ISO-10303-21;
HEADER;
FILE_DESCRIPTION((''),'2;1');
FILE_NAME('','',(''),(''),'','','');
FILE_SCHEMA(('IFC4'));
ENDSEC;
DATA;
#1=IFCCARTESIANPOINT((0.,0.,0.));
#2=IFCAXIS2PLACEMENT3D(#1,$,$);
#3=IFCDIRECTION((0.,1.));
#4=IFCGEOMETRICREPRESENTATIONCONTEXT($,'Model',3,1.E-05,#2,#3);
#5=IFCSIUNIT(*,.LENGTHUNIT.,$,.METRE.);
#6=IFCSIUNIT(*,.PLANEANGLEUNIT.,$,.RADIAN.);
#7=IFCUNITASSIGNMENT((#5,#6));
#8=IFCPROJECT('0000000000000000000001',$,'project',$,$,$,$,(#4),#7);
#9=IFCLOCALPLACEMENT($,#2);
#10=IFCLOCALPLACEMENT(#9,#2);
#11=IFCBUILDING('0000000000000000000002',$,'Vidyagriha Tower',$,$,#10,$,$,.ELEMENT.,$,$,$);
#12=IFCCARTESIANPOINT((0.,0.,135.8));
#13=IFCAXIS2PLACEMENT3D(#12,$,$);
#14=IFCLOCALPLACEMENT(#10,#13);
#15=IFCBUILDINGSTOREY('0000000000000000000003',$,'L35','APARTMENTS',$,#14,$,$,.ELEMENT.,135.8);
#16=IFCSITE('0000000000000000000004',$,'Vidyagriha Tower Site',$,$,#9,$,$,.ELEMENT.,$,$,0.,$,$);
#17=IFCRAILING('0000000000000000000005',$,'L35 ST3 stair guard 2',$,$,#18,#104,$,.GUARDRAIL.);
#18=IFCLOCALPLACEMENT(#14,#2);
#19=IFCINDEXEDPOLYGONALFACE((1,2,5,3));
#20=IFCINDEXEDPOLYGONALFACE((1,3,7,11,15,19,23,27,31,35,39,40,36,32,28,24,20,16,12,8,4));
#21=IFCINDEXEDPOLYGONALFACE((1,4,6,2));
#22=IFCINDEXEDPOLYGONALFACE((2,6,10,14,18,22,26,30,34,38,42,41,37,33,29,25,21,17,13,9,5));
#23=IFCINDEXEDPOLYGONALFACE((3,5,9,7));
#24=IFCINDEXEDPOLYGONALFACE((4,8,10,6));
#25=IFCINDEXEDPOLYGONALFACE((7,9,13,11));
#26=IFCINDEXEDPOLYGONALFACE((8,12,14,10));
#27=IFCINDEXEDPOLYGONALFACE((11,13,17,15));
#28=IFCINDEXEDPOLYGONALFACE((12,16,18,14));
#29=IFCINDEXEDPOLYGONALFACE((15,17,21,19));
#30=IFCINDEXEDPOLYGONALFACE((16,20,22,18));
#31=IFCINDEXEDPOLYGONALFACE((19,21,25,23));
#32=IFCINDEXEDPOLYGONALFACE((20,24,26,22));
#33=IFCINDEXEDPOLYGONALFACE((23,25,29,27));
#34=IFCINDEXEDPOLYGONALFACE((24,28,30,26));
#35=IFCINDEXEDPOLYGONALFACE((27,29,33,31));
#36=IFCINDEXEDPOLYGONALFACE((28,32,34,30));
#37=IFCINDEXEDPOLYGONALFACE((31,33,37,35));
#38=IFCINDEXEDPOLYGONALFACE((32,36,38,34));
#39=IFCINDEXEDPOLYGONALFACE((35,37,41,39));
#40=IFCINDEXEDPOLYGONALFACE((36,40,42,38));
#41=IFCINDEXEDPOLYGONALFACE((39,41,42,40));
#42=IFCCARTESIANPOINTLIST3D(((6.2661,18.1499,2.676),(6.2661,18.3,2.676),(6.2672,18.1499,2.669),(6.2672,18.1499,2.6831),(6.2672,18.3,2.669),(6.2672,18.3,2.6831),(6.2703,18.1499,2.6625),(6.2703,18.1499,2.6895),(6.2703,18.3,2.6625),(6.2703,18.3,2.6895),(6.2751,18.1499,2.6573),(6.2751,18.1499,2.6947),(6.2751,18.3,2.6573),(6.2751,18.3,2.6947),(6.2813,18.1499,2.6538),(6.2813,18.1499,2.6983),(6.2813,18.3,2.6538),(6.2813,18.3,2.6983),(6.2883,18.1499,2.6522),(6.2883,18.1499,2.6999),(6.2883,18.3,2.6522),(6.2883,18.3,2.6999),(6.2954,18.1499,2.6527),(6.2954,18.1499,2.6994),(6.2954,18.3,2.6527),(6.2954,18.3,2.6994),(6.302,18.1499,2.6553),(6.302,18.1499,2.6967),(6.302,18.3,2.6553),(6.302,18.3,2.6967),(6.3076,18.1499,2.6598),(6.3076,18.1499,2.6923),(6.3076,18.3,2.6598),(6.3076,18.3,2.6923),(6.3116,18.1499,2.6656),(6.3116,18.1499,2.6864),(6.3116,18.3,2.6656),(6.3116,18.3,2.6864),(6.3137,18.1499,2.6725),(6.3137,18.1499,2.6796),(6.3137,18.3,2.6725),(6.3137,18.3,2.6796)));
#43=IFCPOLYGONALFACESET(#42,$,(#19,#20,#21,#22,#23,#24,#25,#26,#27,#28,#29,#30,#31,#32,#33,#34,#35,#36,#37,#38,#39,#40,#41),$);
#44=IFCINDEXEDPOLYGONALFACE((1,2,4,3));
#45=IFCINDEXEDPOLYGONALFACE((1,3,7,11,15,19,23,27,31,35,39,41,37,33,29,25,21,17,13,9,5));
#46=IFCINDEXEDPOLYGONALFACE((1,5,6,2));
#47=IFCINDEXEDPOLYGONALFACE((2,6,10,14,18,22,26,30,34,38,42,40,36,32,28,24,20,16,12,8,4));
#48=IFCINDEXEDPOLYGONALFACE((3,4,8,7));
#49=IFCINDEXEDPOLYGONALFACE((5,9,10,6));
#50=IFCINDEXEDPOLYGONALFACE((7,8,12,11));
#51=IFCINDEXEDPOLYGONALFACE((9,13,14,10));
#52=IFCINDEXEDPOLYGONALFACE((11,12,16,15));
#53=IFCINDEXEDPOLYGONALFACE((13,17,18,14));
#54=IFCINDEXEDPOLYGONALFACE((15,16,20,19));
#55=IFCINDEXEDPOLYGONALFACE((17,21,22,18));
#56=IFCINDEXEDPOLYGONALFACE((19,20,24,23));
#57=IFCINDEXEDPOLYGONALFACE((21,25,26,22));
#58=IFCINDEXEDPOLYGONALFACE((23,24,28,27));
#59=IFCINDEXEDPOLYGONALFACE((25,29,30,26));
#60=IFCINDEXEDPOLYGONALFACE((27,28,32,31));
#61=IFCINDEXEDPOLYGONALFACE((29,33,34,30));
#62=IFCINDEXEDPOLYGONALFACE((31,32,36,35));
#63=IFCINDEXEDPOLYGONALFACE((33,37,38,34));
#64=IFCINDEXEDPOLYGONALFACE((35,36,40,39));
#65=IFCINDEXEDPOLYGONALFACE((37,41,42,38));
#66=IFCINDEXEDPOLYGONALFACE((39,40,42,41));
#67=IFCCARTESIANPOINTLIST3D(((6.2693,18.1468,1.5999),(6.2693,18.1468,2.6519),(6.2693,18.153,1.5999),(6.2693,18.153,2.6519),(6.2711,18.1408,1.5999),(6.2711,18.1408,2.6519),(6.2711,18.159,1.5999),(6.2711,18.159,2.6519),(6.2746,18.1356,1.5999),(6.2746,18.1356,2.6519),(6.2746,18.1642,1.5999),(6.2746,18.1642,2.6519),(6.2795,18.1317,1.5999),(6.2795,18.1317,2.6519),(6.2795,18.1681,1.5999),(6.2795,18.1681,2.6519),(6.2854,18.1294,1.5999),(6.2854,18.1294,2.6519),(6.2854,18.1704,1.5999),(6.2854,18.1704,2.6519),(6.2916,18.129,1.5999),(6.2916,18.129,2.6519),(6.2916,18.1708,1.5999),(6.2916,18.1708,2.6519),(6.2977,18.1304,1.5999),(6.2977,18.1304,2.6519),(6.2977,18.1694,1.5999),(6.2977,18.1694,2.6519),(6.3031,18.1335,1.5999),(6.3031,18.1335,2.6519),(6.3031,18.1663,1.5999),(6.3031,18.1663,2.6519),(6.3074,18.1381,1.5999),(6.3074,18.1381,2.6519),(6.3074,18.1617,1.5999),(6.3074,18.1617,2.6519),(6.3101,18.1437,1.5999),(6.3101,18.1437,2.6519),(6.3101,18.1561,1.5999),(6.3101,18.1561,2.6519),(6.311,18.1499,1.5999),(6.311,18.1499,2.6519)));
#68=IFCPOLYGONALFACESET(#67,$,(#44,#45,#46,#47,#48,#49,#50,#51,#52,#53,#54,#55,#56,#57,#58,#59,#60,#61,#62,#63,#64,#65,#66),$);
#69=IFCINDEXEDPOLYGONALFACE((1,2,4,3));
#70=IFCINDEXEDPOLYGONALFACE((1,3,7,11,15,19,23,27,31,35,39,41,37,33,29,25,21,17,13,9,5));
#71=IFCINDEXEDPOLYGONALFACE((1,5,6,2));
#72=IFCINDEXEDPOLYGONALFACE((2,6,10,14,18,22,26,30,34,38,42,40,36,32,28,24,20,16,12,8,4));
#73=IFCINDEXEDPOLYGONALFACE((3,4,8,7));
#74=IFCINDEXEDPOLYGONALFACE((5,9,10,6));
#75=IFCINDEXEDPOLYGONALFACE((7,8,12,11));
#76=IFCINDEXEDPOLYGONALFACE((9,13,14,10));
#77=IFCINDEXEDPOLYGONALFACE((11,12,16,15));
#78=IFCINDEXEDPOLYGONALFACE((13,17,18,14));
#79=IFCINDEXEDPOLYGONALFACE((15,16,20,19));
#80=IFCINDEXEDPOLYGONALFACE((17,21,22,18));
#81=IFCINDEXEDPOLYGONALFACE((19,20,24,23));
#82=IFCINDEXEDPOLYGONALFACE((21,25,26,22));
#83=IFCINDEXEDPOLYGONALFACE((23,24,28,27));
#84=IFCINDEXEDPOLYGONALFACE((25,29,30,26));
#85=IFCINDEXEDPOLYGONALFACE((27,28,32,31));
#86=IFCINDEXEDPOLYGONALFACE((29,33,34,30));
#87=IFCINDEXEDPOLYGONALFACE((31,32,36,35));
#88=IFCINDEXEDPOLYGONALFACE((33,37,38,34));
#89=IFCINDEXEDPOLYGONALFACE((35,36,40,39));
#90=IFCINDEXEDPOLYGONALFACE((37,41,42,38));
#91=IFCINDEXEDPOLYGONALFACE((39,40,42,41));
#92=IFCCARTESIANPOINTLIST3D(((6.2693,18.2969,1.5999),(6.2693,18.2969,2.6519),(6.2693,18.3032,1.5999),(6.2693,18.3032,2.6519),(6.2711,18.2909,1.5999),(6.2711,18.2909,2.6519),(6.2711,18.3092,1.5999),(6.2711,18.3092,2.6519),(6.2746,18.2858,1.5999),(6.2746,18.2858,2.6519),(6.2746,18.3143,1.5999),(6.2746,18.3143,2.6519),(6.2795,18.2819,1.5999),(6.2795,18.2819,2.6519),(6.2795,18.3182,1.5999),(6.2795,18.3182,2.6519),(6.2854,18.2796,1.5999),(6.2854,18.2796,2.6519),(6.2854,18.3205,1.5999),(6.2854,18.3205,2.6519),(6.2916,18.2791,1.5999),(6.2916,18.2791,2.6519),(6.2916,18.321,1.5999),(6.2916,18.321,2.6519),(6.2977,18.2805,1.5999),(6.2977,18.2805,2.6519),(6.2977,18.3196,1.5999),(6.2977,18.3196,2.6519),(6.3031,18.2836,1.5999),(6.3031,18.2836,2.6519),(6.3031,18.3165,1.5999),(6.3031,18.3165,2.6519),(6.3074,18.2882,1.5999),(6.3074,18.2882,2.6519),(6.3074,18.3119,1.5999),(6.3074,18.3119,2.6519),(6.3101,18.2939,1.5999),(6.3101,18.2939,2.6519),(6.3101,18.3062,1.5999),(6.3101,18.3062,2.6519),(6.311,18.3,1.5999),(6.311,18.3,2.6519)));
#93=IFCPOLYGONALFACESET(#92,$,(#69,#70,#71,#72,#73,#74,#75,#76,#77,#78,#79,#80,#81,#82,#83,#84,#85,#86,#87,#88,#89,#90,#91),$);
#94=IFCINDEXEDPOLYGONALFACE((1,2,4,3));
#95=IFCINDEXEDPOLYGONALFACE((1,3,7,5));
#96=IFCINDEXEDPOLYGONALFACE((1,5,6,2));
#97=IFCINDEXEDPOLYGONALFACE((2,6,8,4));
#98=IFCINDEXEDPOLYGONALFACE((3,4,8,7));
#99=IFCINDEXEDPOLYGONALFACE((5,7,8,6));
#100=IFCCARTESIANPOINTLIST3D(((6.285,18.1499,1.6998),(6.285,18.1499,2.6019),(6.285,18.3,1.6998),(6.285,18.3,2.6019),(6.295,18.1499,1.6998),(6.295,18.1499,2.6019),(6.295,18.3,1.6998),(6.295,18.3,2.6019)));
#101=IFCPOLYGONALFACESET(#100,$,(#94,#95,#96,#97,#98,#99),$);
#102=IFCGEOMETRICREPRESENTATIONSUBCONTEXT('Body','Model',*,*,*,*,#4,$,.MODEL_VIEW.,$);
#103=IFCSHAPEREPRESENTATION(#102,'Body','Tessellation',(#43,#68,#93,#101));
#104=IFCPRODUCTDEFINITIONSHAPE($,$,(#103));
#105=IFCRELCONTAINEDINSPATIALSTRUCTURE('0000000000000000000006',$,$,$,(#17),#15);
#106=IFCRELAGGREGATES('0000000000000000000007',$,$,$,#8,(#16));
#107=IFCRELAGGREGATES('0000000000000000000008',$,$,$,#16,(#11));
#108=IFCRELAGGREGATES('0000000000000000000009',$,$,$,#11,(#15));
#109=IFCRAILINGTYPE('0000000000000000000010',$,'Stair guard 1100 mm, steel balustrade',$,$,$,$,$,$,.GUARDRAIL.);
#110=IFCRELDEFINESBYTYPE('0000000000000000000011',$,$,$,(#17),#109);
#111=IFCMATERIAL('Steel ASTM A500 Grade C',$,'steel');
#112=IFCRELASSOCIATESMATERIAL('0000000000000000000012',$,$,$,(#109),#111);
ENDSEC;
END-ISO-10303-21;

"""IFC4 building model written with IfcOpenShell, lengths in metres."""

from ifc_helpers import new_model, si_unit, direction, frame, origin, origin_2d, place, context, subcontext, project, spatial, rectangle, circle, extrude, material, type_object, element, save


model = new_model("IFC4")

# Units and contexts
model_context = context("Model", 3, precision=1e-05, world=origin(), true_north=direction((0.0, 1.0)))
body_context = subcontext(model_context, "Body", "Model", "MODEL_VIEW")
ifc_project = project(units=[si_unit("LENGTHUNIT", "METRE"), si_unit("PLANEANGLEUNIT", "RADIAN")], contexts=[model_context])

# Site, building, storey
site_placement = place(None, origin())
site = spatial("IfcSite", under=ifc_project, at=site_placement, Name="Vidyagriha Tower Site", CompositionType="ELEMENT", RefElevation=0.0)
building_placement = place(site_placement, origin())
building = spatial("IfcBuilding", under=site, at=building_placement, Name="Vidyagriha Tower", CompositionType="ELEMENT")
storey_placement = place(building_placement, frame((0.0, 0.0, 135.8)))
storey = spatial("IfcBuildingStorey", under=building, at=storey_placement, Name="L35", Description="APARTMENTS", CompositionType="ELEMENT", Elevation=135.8)

# Railing
ifc_material_1 = material(Name="Steel ASTM A500 Grade C", Category="steel")
railing_type_1 = type_object("IfcRailingType", Name="Stair guard 1100 mm, steel balustrade", PredefinedType="GUARDRAIL", material=ifc_material_1)
railing_1_placement = place(storey_placement, frame((6.29, 18.1499, 1.5999)))
element("IfcRailing", 1, at=railing_1_placement, inside=storey, type_object=railing_type_1, Name="L35 ST3 stair guard 2", PredefinedType="GUARDRAIL", context=body_context, shape_type="SweptSolid", body=[
    extrude(circle(Radius=0.0239, at=origin_2d()), frame((0.0, 0.0, 1.0762), z_axis=(0.0, 1.0, 0.0), x_axis=(-1.0, 0.0, 0.0)), (0.0, 0.0, 1.0), 0.1501),
    extrude(circle(Radius=0.021, at=origin_2d()), origin(), (0.0, 0.0, 1.0), 1.052),
    extrude(circle(Radius=0.021, at=origin_2d()), frame((0.0, 0.1501, 0.0)), (0.0, 0.0, 1.0), 1.052),
    extrude(rectangle(XDim=0.01, YDim=0.9021, at=origin_2d()), frame((0.0, 0.0, 0.551), z_axis=(0.0, 1.0, 0.0), x_axis=(-1.0, 0.0, 0.0)), (0.0, 0.0, 1.0), 0.1501),
])

save(model, "model.ifc")
